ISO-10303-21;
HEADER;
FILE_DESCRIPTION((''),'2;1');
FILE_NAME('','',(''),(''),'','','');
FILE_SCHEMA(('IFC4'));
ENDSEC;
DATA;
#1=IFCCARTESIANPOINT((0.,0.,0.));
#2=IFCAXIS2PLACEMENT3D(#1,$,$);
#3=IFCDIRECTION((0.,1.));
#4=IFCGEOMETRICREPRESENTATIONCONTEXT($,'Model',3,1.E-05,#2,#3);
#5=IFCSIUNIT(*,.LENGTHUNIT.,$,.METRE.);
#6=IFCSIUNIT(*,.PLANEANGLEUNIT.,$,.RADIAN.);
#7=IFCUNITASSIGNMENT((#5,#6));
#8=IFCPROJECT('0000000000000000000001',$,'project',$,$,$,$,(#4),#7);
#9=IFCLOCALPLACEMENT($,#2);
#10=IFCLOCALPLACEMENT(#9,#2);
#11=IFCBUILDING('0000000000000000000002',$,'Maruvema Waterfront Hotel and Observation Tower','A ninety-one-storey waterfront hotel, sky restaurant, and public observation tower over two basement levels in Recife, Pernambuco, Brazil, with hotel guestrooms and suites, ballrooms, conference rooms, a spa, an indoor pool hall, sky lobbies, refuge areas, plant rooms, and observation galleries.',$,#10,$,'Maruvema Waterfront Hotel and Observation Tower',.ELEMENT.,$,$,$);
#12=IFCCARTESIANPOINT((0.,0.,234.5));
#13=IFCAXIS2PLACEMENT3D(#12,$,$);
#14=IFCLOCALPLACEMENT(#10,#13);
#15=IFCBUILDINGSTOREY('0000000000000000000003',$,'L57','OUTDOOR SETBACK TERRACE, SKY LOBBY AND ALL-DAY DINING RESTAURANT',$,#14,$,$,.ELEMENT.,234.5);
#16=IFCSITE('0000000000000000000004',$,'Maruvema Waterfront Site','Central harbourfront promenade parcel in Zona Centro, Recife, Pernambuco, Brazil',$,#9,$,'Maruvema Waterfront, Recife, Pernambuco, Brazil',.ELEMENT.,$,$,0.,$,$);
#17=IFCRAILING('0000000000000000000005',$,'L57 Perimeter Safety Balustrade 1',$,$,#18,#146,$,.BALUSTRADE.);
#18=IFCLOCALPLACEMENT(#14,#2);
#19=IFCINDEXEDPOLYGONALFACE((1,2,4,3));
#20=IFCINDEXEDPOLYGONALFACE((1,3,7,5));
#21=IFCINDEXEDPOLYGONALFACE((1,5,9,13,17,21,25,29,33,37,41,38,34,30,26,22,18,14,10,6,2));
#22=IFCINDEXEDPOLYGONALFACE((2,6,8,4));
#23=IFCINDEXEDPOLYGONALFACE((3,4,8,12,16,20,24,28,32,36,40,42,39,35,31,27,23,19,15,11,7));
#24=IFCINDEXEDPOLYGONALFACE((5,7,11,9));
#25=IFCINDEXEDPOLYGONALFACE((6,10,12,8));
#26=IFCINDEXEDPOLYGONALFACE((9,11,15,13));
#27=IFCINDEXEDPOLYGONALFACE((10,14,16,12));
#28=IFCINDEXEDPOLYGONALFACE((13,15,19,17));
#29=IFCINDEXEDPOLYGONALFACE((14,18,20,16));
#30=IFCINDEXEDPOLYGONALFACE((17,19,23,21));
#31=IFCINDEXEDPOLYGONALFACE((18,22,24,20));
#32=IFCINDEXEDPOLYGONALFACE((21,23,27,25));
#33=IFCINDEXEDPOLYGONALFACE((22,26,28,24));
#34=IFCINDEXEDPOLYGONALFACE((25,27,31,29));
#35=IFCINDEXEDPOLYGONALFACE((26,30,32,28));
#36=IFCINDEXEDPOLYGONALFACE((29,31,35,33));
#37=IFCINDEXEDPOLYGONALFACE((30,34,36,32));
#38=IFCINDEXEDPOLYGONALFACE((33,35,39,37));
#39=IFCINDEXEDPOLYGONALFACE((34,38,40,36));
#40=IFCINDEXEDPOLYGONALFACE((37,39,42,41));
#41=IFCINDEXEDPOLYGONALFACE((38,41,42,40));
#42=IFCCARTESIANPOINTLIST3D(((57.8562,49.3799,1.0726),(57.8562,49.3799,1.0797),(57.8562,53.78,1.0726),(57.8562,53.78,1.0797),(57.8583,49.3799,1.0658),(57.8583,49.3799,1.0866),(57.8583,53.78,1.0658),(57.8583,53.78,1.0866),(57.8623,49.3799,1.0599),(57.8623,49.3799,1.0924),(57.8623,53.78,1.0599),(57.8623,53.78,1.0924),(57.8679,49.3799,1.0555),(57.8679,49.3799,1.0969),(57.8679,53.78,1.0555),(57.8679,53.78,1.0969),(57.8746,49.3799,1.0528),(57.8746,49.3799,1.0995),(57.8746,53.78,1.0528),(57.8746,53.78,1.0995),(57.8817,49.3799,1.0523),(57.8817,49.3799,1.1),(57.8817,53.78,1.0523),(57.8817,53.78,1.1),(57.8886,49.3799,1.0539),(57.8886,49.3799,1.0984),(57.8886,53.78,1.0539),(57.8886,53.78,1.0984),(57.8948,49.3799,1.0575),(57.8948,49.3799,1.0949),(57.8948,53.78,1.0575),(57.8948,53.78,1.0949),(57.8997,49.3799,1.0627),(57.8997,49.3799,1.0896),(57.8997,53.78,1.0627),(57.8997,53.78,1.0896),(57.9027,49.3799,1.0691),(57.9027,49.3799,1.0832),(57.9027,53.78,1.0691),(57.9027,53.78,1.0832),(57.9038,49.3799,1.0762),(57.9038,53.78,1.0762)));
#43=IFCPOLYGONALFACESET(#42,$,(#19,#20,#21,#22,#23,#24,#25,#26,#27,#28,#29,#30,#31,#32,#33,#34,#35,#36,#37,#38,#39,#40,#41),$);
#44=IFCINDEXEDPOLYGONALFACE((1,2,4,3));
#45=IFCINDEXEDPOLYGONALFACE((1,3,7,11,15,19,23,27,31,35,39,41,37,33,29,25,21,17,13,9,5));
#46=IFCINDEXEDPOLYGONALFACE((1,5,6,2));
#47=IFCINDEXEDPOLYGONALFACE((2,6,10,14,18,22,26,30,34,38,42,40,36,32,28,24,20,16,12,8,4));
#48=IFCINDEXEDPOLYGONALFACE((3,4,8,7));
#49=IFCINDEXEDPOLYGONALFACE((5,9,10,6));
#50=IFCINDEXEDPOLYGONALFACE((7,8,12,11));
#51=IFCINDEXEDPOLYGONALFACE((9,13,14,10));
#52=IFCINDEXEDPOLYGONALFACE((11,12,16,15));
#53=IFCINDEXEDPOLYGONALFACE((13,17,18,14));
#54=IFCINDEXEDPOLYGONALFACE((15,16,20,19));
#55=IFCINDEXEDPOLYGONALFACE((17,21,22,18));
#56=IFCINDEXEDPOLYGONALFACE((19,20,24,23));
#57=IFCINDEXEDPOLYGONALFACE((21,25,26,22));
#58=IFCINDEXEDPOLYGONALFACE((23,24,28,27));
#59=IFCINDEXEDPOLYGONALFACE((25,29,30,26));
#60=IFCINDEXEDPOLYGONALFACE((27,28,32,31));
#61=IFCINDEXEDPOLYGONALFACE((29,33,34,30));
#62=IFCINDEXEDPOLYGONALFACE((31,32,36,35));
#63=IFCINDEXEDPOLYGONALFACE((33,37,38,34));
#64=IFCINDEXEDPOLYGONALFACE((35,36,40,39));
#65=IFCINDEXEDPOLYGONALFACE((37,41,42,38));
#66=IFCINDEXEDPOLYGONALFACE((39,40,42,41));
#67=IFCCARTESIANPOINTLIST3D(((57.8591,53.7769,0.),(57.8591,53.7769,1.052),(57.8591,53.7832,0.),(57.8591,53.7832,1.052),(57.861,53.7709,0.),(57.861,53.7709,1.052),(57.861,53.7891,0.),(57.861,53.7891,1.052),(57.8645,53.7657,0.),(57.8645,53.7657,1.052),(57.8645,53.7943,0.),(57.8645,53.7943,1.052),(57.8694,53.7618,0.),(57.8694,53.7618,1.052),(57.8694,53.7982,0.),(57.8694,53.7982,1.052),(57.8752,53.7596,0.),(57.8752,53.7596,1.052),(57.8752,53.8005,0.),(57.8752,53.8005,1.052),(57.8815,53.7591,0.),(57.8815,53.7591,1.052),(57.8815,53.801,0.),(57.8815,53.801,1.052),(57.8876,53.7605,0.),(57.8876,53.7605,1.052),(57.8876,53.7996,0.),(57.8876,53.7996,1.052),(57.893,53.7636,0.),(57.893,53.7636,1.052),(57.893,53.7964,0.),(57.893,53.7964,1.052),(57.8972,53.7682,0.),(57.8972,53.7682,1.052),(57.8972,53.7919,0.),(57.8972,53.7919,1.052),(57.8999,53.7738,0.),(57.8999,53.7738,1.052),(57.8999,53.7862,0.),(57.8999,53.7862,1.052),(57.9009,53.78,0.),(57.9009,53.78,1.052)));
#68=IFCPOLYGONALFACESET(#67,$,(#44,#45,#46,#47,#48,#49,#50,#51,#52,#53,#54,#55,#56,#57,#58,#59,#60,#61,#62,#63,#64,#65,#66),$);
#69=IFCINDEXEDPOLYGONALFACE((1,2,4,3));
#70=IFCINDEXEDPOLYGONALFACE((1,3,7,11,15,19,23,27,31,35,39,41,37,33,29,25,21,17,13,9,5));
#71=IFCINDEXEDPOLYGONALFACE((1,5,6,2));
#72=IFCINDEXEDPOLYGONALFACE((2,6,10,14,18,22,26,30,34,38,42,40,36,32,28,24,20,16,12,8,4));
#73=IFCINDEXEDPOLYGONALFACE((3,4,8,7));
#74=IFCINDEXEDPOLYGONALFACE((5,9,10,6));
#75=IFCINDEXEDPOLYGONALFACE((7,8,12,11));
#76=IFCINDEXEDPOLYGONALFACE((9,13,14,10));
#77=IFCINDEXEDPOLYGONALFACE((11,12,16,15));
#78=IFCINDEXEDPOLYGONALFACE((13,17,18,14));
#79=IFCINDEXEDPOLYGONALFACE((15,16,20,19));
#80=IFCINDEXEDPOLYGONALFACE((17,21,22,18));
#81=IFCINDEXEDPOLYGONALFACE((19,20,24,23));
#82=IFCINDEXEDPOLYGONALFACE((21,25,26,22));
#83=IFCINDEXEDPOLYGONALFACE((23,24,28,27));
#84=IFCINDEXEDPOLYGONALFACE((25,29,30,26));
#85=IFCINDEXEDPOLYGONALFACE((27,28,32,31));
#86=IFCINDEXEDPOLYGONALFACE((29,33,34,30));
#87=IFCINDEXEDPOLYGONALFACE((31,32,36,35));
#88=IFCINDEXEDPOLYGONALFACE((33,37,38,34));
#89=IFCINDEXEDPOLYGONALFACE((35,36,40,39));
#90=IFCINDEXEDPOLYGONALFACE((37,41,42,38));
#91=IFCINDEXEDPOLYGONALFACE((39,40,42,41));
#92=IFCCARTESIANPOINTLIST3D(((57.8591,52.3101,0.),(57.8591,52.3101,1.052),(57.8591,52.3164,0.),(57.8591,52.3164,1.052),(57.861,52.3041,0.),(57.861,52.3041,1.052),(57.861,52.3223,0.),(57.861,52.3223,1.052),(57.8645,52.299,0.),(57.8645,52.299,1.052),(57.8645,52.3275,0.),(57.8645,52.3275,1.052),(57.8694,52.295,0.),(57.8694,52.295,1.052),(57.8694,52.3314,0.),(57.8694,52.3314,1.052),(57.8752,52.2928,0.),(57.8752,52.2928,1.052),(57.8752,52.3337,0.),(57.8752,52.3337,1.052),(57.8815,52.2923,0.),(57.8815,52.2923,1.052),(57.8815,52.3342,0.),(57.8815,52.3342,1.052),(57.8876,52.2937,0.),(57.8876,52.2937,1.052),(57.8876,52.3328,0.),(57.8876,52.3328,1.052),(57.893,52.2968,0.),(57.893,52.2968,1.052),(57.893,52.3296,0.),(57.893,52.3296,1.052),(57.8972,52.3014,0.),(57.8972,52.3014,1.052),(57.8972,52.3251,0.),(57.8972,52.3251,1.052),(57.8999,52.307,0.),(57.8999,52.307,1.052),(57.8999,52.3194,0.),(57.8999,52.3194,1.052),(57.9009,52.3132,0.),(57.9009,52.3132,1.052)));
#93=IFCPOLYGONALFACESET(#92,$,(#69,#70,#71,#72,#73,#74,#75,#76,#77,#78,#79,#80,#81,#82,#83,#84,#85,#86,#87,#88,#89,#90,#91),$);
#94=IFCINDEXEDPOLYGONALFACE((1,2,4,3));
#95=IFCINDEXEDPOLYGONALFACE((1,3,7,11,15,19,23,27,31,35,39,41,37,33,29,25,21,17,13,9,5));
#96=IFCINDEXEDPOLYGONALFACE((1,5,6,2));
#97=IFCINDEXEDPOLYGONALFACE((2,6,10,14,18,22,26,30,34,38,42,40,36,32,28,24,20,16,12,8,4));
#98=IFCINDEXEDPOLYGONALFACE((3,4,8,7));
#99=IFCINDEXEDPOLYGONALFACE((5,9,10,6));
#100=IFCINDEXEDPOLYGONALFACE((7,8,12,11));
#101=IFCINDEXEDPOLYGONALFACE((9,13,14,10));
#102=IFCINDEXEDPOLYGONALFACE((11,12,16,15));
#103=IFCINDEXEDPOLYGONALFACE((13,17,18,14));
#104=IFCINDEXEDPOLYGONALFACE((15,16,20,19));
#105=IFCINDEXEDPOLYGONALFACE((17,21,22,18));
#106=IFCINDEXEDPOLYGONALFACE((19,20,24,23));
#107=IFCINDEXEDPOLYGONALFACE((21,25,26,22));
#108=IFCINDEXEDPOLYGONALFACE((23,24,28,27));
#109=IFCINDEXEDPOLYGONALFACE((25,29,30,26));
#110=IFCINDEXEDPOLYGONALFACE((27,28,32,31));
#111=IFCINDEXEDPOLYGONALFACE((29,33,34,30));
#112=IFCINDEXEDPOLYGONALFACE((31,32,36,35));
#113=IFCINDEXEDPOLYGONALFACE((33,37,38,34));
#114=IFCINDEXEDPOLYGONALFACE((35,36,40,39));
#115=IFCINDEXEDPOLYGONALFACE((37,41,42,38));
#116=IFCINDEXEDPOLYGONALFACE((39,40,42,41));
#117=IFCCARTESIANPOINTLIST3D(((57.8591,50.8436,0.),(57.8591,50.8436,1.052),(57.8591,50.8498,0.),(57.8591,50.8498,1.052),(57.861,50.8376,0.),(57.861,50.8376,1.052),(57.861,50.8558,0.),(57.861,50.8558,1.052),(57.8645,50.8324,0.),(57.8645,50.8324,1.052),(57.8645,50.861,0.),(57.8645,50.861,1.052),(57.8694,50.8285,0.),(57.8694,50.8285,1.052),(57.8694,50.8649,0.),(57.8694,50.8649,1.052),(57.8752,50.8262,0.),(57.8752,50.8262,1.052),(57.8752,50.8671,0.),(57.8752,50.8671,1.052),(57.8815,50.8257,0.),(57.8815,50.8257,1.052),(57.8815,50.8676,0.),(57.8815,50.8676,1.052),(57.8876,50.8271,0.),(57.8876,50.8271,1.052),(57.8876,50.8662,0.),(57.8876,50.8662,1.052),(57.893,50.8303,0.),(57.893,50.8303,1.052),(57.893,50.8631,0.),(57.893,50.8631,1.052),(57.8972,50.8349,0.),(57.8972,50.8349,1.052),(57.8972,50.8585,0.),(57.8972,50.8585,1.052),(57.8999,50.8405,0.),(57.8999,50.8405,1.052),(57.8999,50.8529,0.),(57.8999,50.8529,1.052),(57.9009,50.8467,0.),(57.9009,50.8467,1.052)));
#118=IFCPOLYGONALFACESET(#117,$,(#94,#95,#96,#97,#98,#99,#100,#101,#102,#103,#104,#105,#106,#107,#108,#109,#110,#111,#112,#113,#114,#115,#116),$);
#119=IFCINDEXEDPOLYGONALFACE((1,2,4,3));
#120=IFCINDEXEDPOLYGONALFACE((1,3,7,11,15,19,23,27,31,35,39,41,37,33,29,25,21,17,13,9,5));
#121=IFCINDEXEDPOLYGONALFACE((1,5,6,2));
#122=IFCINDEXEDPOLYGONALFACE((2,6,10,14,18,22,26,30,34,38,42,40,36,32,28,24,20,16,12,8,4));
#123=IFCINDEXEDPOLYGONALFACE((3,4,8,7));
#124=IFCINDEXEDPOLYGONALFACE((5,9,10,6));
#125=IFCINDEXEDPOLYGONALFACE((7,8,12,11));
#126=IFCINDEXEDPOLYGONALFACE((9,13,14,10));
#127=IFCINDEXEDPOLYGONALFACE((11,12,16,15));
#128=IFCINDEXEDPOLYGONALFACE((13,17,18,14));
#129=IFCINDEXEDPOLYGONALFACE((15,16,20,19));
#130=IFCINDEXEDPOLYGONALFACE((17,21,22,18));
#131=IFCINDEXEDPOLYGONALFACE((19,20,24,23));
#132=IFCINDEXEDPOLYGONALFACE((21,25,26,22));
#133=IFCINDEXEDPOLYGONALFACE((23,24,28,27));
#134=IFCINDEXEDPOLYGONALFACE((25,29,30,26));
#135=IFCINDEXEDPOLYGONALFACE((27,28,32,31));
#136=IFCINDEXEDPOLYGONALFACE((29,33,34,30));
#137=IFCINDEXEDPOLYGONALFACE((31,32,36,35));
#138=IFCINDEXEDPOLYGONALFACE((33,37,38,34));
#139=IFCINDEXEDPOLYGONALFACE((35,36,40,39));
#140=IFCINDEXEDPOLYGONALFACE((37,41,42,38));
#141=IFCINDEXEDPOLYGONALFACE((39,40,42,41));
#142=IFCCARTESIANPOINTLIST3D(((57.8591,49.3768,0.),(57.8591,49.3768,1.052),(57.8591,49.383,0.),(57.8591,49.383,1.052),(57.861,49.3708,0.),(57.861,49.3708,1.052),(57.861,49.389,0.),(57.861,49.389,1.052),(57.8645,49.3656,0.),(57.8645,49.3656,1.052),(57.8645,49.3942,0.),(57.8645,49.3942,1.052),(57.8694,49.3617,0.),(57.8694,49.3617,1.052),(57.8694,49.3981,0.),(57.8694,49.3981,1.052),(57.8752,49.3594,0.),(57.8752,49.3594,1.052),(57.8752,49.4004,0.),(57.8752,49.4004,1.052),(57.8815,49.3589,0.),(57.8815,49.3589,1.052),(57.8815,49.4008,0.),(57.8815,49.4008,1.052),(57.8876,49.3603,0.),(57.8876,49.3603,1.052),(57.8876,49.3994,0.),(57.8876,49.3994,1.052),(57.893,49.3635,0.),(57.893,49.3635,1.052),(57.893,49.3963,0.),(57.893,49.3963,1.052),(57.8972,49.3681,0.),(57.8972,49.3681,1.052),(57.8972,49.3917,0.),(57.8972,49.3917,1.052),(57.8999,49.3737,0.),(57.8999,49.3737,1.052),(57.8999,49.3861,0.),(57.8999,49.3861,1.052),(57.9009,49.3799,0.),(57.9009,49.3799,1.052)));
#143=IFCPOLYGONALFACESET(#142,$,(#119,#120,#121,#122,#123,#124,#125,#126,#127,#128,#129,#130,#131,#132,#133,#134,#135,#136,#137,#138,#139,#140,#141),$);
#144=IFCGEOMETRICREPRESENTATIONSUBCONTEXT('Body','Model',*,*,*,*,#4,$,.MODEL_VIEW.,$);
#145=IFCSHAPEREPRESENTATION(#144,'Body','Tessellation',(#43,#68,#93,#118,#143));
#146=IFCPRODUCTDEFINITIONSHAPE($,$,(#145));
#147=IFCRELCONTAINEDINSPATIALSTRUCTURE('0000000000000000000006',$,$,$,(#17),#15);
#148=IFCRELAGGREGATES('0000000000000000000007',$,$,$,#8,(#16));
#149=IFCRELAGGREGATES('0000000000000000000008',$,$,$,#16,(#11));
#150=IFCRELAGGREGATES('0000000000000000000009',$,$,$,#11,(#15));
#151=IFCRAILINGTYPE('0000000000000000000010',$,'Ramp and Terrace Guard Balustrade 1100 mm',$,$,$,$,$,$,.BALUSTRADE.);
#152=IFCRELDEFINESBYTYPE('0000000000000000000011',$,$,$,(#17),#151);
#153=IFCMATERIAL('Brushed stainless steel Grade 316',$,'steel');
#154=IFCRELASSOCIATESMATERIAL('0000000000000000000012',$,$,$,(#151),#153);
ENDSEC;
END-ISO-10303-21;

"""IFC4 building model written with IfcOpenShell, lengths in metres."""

from ifc_helpers import new_model, si_unit, direction, frame, origin, origin_2d, place, context, subcontext, project, spatial, circle, extrude, material, type_object, element, save


model = new_model("IFC4")

# Units and contexts
model_context = context("Model", 3, precision=1e-05, world=origin(), true_north=direction((0.0, 1.0)))
body_context = subcontext(model_context, "Body", "Model", "MODEL_VIEW")
ifc_project = project(units=[si_unit("LENGTHUNIT", "METRE"), si_unit("PLANEANGLEUNIT", "RADIAN")], contexts=[model_context])

# Site, building, storey
site_placement = place(None, origin())
site = spatial("IfcSite", under=ifc_project, at=site_placement, Name="Maruvema Waterfront Site", Description="Central harbourfront promenade parcel in Zona Centro, Recife, Pernambuco, Brazil", LongName="Maruvema Waterfront, Recife, Pernambuco, Brazil", CompositionType="ELEMENT", RefElevation=0.0)
building_placement = place(site_placement, origin())
building = spatial("IfcBuilding", under=site, at=building_placement, Name="Maruvema Waterfront Hotel and Observation Tower", Description="A ninety-one-storey waterfront hotel, sky restaurant, and public observation tower over two basement levels in Recife, Pernambuco, Brazil, with hotel guestrooms and suites, ballrooms, conference rooms, a spa, an indoor pool hall, sky lobbies, refuge areas, plant rooms, and observation galleries.", LongName="Maruvema Waterfront Hotel and Observation Tower", CompositionType="ELEMENT")
storey_placement = place(building_placement, frame((0.0, 0.0, 234.5)))
storey = spatial("IfcBuildingStorey", under=building, at=storey_placement, Name="L57", Description="OUTDOOR SETBACK TERRACE, SKY LOBBY AND ALL-DAY DINING RESTAURANT", CompositionType="ELEMENT", Elevation=234.5)

# Railing
ifc_material_1 = material(Name="Brushed stainless steel Grade 316", Category="steel")
railing_type_1 = type_object("IfcRailingType", Name="Ramp and Terrace Guard Balustrade 1100 mm", PredefinedType="BALUSTRADE", material=ifc_material_1)
railing_1_placement = place(storey_placement, frame((57.8799, 53.78, 0.0)))
element("IfcRailing", 1, at=railing_1_placement, inside=storey, type_object=railing_type_1, Name="L57 Perimeter Safety Balustrade 1", PredefinedType="BALUSTRADE", context=body_context, shape_type="SweptSolid", body=[
    extrude(circle(Radius=0.0239, at=origin_2d()), frame((0.0, 0.0, 1.0762), z_axis=(0.0, -1.0, 0.0), x_axis=(1.0, 0.0, 0.0)), (0.0, 0.0, 1.0), 4.4001),
    extrude(circle(Radius=0.021, at=origin_2d()), origin(), (0.0, 0.0, 1.0), 1.052),
    extrude(circle(Radius=0.021, at=origin_2d()), frame((0.0, -1.4668, 0.0)), (0.0, 0.0, 1.0), 1.052),
    extrude(circle(Radius=0.021, at=origin_2d()), frame((0.0, -2.9333, 0.0)), (0.0, 0.0, 1.0), 1.052),
    extrude(circle(Radius=0.021, at=origin_2d()), frame((0.0, -4.4001, 0.0)), (0.0, 0.0, 1.0), 1.052),
])

save(model, "model.ifc")
